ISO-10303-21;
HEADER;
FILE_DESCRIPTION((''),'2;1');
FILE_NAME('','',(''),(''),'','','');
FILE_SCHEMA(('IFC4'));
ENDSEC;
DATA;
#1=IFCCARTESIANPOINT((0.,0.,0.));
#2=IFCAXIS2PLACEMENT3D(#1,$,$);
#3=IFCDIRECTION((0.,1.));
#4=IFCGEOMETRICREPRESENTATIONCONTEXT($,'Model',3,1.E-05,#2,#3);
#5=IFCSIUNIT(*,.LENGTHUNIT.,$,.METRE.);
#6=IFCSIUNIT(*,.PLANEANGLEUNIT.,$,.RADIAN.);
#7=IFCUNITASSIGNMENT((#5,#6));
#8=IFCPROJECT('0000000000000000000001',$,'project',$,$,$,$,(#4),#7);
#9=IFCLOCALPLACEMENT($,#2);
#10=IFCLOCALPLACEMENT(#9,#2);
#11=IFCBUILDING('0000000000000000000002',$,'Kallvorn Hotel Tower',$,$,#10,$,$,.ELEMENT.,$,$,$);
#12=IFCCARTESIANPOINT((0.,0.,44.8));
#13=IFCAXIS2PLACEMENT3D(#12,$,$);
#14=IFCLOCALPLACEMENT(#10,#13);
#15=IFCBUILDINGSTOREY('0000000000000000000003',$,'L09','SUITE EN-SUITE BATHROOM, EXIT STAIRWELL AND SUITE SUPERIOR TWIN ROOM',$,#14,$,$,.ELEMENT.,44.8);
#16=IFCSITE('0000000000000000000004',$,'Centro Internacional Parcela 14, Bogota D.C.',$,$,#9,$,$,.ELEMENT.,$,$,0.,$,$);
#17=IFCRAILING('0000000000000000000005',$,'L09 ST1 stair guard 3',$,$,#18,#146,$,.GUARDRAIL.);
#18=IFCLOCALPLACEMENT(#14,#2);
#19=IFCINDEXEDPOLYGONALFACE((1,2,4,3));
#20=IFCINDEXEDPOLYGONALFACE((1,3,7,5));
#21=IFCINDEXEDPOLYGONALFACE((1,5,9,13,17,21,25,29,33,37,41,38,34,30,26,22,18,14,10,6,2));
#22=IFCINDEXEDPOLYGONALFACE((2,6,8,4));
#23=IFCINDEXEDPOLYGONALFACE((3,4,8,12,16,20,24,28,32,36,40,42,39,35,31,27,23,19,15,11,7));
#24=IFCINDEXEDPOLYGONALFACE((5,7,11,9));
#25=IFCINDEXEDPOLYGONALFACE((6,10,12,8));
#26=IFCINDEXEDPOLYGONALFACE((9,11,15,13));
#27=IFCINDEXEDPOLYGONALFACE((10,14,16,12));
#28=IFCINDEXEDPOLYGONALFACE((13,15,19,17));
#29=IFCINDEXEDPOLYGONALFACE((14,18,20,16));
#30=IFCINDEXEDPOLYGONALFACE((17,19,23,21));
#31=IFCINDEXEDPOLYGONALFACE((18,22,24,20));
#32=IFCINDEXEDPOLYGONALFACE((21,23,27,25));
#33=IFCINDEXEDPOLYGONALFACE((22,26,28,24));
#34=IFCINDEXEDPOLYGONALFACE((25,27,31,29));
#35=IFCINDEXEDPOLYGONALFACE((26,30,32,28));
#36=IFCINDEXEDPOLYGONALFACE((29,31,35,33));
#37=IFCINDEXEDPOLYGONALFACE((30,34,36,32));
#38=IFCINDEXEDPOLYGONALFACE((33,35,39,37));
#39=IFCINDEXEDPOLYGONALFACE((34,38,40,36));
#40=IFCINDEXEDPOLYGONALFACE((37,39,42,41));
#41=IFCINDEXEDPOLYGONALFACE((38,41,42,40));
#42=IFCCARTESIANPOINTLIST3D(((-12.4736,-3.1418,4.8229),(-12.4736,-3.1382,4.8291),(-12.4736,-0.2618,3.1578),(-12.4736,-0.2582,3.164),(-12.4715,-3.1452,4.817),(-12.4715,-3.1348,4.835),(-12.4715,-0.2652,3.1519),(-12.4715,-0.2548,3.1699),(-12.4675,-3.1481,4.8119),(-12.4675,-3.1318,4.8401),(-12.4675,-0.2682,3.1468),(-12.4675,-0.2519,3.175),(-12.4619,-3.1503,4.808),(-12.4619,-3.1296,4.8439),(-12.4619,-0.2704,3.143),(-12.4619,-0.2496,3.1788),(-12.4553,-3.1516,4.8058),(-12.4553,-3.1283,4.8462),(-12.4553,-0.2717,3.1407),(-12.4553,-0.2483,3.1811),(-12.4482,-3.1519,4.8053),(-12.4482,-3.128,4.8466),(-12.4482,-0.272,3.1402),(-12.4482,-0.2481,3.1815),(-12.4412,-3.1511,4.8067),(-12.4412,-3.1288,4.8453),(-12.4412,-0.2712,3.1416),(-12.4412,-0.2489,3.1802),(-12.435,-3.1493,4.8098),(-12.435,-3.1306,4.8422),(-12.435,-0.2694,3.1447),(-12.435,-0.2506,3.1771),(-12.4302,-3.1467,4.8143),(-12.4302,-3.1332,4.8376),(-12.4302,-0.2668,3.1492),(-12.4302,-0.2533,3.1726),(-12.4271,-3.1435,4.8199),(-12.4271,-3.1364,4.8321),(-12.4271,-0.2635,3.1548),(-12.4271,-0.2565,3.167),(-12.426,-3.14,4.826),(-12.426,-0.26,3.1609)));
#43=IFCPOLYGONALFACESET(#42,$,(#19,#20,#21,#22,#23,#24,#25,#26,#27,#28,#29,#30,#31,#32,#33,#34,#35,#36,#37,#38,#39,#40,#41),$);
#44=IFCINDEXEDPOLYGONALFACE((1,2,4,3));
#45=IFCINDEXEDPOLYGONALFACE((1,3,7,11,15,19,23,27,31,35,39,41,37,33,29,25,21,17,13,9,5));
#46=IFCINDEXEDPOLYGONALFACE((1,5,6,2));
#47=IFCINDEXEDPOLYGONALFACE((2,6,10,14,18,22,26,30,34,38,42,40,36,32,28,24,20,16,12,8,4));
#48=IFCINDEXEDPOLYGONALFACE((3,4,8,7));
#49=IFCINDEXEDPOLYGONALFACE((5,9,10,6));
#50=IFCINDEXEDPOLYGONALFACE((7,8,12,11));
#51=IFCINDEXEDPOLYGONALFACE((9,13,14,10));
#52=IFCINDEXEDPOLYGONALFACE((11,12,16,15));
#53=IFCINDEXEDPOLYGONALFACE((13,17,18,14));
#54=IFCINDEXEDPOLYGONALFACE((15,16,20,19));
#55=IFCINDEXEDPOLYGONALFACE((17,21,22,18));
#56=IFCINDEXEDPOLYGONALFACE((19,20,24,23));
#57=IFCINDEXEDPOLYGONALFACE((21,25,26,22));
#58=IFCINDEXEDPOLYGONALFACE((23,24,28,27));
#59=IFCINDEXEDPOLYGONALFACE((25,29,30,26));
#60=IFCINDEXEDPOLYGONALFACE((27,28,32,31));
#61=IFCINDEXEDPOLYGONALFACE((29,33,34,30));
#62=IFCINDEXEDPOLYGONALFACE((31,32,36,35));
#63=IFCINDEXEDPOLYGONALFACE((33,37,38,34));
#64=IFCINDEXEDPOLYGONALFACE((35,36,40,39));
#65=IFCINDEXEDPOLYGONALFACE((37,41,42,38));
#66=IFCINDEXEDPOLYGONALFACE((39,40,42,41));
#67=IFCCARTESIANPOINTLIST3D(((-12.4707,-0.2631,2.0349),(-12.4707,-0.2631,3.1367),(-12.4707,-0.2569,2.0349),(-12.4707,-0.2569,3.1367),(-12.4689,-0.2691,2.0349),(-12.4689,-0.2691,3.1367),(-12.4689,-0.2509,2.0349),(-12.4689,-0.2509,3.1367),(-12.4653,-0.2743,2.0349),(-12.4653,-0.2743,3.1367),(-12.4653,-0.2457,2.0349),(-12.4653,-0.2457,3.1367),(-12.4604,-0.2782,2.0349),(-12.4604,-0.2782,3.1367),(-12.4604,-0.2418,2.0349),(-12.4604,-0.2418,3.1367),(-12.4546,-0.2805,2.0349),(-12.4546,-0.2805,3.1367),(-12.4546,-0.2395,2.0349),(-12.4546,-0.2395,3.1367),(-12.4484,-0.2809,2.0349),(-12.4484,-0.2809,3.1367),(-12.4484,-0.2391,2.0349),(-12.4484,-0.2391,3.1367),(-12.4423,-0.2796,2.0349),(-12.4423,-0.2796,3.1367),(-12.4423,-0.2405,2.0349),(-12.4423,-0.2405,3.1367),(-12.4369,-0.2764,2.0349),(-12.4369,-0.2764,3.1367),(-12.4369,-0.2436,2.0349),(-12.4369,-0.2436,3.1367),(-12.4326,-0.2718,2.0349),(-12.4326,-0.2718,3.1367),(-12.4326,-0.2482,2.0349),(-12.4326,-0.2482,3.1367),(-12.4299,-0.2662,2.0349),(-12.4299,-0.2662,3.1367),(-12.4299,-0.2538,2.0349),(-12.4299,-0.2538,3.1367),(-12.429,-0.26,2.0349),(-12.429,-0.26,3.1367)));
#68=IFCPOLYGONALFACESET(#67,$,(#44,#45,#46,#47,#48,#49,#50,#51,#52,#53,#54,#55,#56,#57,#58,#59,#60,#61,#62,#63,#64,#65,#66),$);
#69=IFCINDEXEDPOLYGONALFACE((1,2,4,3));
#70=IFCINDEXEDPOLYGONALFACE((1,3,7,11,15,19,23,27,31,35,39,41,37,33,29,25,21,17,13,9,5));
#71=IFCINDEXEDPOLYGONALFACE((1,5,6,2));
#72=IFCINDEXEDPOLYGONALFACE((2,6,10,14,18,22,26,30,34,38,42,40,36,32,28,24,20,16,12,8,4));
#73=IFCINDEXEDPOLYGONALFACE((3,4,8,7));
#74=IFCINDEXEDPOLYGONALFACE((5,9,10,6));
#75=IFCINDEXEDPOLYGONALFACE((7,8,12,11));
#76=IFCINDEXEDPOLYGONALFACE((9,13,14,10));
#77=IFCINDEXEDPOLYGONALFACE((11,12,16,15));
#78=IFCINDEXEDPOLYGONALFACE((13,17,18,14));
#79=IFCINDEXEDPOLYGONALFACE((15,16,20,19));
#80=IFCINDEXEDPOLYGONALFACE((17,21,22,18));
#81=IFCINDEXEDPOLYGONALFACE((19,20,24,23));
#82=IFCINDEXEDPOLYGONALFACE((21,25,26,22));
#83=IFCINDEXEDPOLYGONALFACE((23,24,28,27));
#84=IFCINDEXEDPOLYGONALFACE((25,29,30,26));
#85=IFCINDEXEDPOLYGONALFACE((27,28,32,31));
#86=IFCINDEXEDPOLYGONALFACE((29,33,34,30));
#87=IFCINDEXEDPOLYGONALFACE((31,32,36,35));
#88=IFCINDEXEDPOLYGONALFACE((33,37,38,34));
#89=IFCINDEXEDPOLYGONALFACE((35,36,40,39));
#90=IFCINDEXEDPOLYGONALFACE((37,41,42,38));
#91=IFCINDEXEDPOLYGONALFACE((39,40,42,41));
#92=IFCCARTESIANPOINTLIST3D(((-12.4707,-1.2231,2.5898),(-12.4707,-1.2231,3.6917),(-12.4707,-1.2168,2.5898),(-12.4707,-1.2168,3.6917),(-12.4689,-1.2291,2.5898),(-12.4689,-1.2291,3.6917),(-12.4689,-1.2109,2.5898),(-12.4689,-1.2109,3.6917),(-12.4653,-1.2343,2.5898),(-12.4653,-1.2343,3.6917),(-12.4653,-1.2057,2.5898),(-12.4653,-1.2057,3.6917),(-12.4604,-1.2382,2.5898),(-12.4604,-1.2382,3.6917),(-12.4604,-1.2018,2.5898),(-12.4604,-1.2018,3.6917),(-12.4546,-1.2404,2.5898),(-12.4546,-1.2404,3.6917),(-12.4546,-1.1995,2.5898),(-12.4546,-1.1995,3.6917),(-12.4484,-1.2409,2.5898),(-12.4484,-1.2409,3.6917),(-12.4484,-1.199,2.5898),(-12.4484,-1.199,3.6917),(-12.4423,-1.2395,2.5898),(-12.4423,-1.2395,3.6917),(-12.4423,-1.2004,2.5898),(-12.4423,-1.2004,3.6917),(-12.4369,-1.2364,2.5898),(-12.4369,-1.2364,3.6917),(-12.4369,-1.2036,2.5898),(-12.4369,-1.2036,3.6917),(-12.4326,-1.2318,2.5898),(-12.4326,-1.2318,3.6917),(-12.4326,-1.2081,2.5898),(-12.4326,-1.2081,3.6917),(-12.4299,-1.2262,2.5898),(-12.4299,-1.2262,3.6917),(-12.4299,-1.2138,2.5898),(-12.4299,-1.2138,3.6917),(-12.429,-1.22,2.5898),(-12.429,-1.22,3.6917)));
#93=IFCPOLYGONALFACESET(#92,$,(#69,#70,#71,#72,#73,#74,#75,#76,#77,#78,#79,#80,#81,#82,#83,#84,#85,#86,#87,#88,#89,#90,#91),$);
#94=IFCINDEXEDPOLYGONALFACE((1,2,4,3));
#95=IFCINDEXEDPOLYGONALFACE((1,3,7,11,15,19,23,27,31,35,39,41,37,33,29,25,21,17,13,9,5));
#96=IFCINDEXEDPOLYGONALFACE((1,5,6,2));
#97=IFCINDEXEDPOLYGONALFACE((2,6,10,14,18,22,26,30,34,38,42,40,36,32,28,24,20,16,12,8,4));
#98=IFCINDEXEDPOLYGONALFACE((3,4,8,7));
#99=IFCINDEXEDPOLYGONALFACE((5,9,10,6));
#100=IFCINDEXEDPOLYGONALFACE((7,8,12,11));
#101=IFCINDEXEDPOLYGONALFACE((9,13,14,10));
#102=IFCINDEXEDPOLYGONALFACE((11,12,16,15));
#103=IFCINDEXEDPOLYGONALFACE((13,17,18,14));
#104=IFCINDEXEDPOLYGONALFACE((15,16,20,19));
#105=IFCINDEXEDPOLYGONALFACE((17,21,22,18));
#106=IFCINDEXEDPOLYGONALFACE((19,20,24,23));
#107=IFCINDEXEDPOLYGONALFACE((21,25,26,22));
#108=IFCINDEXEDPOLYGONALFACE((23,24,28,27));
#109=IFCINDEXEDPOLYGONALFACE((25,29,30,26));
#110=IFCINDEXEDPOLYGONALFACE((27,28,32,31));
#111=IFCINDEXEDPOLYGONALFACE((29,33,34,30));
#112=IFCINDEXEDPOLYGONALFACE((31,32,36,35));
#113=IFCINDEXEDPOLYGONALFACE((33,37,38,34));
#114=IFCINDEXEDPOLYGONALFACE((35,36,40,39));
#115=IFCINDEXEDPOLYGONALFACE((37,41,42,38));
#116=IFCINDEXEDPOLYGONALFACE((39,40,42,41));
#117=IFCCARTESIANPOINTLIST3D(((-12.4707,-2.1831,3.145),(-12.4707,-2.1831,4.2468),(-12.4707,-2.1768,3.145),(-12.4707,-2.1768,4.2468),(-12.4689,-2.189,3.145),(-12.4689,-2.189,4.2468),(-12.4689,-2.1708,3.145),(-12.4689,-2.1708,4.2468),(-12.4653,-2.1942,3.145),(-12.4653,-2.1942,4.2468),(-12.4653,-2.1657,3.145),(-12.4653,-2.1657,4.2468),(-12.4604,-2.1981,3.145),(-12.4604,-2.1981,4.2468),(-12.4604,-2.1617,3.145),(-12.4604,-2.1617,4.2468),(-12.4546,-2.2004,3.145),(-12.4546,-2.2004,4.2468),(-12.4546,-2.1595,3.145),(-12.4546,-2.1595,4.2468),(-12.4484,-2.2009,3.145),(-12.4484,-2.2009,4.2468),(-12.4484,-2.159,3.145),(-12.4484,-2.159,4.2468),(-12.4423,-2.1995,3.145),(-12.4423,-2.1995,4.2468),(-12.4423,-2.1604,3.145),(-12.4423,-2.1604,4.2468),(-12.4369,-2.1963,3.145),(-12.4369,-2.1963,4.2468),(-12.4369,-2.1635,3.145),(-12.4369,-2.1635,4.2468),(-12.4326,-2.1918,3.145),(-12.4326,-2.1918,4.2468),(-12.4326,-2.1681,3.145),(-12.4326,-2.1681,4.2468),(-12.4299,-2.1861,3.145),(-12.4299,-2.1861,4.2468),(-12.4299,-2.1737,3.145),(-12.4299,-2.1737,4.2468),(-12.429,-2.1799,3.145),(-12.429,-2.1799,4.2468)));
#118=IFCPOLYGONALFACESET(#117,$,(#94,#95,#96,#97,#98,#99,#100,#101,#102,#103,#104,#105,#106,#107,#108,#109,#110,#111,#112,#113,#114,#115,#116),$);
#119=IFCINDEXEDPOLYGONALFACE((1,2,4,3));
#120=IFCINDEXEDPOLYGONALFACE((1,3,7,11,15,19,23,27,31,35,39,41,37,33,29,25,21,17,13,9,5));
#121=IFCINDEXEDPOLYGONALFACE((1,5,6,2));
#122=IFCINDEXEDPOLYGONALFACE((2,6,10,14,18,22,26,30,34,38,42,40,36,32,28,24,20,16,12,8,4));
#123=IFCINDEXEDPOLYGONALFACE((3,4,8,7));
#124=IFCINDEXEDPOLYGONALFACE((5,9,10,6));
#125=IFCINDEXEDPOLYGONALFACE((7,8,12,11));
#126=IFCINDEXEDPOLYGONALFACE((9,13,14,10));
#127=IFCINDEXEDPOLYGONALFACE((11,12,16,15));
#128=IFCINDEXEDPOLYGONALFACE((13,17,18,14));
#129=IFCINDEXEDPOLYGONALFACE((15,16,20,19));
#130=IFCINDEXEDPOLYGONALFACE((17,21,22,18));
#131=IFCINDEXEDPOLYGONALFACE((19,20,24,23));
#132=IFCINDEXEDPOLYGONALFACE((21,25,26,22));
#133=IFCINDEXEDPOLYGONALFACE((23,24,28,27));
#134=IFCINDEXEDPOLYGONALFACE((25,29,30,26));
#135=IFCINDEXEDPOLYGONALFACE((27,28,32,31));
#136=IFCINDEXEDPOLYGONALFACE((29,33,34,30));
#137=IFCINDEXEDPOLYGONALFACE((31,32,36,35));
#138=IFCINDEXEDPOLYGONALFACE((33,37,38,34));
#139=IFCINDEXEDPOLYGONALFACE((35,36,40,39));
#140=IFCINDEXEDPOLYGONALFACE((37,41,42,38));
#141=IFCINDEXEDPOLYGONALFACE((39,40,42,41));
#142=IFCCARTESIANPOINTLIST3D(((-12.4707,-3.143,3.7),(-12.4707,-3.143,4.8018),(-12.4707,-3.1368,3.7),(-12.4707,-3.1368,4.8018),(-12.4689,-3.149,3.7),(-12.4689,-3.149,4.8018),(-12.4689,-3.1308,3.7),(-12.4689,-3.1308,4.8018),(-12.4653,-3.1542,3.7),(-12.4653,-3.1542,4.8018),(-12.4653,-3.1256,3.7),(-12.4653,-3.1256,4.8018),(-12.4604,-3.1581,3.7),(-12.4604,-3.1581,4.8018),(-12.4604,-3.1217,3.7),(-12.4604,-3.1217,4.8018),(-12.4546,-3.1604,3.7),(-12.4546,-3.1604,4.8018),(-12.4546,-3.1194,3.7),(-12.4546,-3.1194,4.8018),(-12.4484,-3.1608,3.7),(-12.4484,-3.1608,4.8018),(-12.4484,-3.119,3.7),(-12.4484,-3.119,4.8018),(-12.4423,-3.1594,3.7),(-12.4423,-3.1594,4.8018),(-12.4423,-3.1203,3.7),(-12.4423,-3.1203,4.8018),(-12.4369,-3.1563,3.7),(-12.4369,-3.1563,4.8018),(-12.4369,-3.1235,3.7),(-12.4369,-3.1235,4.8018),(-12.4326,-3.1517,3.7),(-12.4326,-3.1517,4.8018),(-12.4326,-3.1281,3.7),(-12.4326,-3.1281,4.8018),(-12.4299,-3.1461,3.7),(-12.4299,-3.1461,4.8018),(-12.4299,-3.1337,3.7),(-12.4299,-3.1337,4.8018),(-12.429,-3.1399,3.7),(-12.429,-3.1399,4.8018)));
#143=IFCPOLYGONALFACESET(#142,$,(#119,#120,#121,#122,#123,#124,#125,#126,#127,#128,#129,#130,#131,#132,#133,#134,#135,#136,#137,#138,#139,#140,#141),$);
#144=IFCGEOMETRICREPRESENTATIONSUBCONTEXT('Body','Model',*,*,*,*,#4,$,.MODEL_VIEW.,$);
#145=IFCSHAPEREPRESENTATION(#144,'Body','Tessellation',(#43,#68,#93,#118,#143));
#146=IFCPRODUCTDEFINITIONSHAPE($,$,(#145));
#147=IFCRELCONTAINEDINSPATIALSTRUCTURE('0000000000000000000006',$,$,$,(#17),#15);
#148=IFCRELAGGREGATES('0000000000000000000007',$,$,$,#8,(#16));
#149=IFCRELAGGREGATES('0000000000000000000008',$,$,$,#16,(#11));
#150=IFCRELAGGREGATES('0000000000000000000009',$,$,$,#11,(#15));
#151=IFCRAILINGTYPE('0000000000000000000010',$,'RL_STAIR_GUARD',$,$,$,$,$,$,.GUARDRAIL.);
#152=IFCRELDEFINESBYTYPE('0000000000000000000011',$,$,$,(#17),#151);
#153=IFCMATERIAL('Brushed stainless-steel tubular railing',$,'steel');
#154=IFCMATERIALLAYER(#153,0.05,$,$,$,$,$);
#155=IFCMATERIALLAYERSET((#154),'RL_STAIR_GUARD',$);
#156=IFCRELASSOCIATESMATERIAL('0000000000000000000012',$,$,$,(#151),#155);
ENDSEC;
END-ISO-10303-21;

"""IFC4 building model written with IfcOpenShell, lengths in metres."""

from ifc_helpers import new_model, si_unit, direction, frame, origin, origin_2d, place, context, subcontext, project, spatial, circle, extrude, material, layer, layer_set, type_object, element, save


model = new_model("IFC4")

# Units and contexts
model_context = context("Model", 3, precision=1e-05, world=origin(), true_north=direction((0.0, 1.0)))
body_context = subcontext(model_context, "Body", "Model", "MODEL_VIEW")
ifc_project = project(units=[si_unit("LENGTHUNIT", "METRE"), si_unit("PLANEANGLEUNIT", "RADIAN")], contexts=[model_context])

# Site, building, storey
site_placement = place(None, origin())
site = spatial("IfcSite", under=ifc_project, at=site_placement, Name="Centro Internacional Parcela 14, Bogota D.C.", CompositionType="ELEMENT", RefElevation=0.0)
building_placement = place(site_placement, origin())
building = spatial("IfcBuilding", under=site, at=building_placement, Name="Kallvorn Hotel Tower", CompositionType="ELEMENT")
storey_placement = place(building_placement, frame((0.0, 0.0, 44.8)))
storey = spatial("IfcBuildingStorey", under=building, at=storey_placement, Name="L09", Description="SUITE EN-SUITE BATHROOM, EXIT STAIRWELL AND SUITE SUPERIOR TWIN ROOM", CompositionType="ELEMENT", Elevation=44.8)

# Railing
ifc_material_1 = material(Name="Brushed stainless-steel tubular railing", Category="steel")
ifc_layer_1 = layer(ifc_material_1, 0.05)
ifc_layer_set_1 = layer_set([ifc_layer_1], Name="RL_STAIR_GUARD")
railing_type_1 = type_object("IfcRailingType", Name="RL_STAIR_GUARD", PredefinedType="GUARDRAIL", material=ifc_layer_set_1)
railing_1_placement = place(storey_placement, frame((-12.45, -0.26, 2.0349)))
element("IfcRailing", 1, at=railing_1_placement, inside=storey, type_object=railing_type_1, Name="L09 ST1 stair guard 3", PredefinedType="GUARDRAIL", context=body_context, shape_type="SweptSolid", body=[
    extrude(circle(Radius=0.0239, at=origin_2d()), frame((0.0, 0.0, 1.126), z_axis=(0.0, -0.865721, 0.500527), x_axis=(1.0, 0.0, 0.0)), (0.0, 0.0, 1.0), 3.3267),
    extrude(circle(Radius=0.021, at=origin_2d()), origin(), (0.0, 0.0, 1.0), 1.1018),
    extrude(circle(Radius=0.021, at=origin_2d()), frame((0.0, -0.96, 0.5549)), (0.0, 0.0, 1.0), 1.1018),
    extrude(circle(Radius=0.021, at=origin_2d()), frame((0.0, -1.9199, 1.1101)), (0.0, 0.0, 1.0), 1.1018),
    extrude(circle(Radius=0.021, at=origin_2d()), frame((0.0, -2.8799, 1.665)), (0.0, 0.0, 1.0), 1.1018),
])

save(model, "model.ifc")
